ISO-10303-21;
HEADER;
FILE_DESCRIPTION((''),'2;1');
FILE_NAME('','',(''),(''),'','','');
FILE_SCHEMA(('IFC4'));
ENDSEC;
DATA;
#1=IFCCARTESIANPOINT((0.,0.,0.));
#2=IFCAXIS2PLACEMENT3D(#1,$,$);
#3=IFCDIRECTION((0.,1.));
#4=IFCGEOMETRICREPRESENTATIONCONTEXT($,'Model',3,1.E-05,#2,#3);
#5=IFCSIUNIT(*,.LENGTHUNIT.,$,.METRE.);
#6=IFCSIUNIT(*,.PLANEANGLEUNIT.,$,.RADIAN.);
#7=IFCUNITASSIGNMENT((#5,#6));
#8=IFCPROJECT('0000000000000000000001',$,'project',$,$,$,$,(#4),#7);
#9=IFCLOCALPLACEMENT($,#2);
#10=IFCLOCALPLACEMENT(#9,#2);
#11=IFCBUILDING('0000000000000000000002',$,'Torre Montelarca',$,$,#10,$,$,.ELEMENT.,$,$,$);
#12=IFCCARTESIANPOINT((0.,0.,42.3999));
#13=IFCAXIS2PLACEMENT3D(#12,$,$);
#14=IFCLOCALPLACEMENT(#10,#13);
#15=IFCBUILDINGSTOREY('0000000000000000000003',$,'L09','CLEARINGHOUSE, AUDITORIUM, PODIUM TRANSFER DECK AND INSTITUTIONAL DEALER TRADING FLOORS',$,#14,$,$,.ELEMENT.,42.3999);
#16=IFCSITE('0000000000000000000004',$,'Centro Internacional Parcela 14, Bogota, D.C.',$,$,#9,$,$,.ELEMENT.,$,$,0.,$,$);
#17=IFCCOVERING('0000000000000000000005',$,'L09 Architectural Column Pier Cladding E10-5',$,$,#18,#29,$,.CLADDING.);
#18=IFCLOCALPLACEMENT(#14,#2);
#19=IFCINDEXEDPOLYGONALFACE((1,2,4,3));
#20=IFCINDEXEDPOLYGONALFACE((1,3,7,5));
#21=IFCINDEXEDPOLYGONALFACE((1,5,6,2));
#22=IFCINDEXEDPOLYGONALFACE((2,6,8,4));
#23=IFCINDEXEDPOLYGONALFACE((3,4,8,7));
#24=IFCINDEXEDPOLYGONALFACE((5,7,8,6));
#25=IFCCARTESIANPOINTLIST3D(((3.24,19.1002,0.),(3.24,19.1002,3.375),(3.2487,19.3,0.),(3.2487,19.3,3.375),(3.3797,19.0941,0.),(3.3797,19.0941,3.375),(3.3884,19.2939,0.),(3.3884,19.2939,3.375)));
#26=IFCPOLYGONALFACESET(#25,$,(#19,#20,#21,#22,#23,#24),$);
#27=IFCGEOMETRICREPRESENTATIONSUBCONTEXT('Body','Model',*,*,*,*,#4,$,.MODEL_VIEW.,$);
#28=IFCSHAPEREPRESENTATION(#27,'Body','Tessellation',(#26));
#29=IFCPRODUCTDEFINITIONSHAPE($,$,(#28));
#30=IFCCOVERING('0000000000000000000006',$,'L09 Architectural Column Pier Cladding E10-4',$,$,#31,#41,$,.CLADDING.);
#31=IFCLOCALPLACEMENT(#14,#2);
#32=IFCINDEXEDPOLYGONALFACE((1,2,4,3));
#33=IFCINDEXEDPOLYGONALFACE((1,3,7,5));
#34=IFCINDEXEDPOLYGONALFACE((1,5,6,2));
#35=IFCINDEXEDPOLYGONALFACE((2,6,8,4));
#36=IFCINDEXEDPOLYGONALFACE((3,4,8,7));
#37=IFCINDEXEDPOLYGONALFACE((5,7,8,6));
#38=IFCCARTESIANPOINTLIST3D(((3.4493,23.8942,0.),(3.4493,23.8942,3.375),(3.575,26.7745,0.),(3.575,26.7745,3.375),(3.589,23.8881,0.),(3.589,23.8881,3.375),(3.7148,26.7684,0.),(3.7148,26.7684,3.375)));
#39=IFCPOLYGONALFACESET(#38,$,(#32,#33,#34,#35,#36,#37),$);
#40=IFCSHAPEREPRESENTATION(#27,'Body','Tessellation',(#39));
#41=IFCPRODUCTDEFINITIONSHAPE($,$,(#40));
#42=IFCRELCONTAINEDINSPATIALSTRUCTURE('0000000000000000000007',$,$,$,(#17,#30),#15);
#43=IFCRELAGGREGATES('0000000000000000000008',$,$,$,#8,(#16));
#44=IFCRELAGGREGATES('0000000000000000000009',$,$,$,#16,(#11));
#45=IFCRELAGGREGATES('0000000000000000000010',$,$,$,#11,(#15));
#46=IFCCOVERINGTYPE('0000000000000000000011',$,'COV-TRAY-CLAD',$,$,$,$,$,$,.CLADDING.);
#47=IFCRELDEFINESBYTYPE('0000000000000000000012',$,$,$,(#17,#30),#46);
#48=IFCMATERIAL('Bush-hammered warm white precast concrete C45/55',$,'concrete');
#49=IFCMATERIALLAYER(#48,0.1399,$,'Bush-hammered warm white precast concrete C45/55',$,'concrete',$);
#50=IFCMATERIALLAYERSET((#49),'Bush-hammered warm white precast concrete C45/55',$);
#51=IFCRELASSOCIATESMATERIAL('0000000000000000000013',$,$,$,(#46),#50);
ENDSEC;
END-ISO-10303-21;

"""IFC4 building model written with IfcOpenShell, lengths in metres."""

from ifc_helpers import new_model, si_unit, direction, frame, origin, origin_2d, place, context, subcontext, project, spatial, rectangle, extrude, source, transform, mapped, material, layer, layer_set, type_object, element, save


model = new_model("IFC4")

# Units and contexts
model_context = context("Model", 3, precision=1e-05, world=origin(), true_north=direction((0.0, 1.0)))
body_context = subcontext(model_context, "Body", "Model", "MODEL_VIEW")
ifc_project = project(units=[si_unit("LENGTHUNIT", "METRE"), si_unit("PLANEANGLEUNIT", "RADIAN")], contexts=[model_context])

# Site, building, storey
site_placement = place(None, origin())
site = spatial("IfcSite", under=ifc_project, at=site_placement, Name="Centro Internacional Parcela 14, Bogota, D.C.", CompositionType="ELEMENT", RefElevation=0.0)
building_placement = place(site_placement, origin())
building = spatial("IfcBuilding", under=site, at=building_placement, Name="Torre Montelarca", CompositionType="ELEMENT")
storey_placement = place(building_placement, frame((0.0, 0.0, 42.3999)))
storey = spatial("IfcBuildingStorey", under=building, at=storey_placement, Name="L09", Description="CLEARINGHOUSE, AUDITORIUM, PODIUM TRANSFER DECK AND INSTITUTIONAL DEALER TRADING FLOORS", CompositionType="ELEMENT", Elevation=42.3999)

# Coverings
ifc_material_1 = material(Name="Bush-hammered warm white precast concrete C45/55", Category="concrete")
ifc_layer_1 = layer(ifc_material_1, 0.1399, Name="Bush-hammered warm white precast concrete C45/55", Category="concrete")
ifc_layer_set_1 = layer_set([ifc_layer_1], Name="Bush-hammered warm white precast concrete C45/55")
covering_type = type_object("IfcCoveringType", Name="COV-TRAY-CLAD", PredefinedType="CLADDING", material=ifc_layer_set_1)
shared_shape_1 = source(origin(), body_context, "Body", "SweptSolid", [
    extrude(rectangle(XDim=0.2, YDim=0.1399, at=origin_2d()), origin(), (0.0, 0.0, 1.0), 3.375),
])
covering_1_placement = place(storey_placement, frame((3.3142, 19.197, 0.0), z_axis=(0.0, 0.0, 1.0), x_axis=(-0.043619, -0.999048, 0.0)))
element("IfcCovering", 1, at=covering_1_placement, inside=storey, type_object=covering_type, Name="L09 Architectural Column Pier Cladding E10-5", PredefinedType="CLADDING", context=body_context, shape_type="MappedRepresentation", body=[
    mapped(shared_shape_1, transform((0.0, 0.0, 0.0), scale=1.0)),
])
shared_shape_2 = source(origin(), body_context, "Body", "SweptSolid", [
    extrude(rectangle(XDim=2.8831, YDim=0.1399, at=origin_2d()), origin(), (0.0, 0.0, 1.0), 3.375),
])
covering_2_placement = place(storey_placement, frame((3.582, 25.3313, 0.0), z_axis=(0.0, 0.0, 1.0), x_axis=(-0.043619, -0.999048, 0.0)))
element("IfcCovering", 2, at=covering_2_placement, inside=storey, type_object=covering_type, Name="L09 Architectural Column Pier Cladding E10-4", PredefinedType="CLADDING", context=body_context, shape_type="MappedRepresentation", body=[
    mapped(shared_shape_2, transform((0.0, 0.0, 0.0), scale=1.0)),
])

save(model, "model.ifc")
